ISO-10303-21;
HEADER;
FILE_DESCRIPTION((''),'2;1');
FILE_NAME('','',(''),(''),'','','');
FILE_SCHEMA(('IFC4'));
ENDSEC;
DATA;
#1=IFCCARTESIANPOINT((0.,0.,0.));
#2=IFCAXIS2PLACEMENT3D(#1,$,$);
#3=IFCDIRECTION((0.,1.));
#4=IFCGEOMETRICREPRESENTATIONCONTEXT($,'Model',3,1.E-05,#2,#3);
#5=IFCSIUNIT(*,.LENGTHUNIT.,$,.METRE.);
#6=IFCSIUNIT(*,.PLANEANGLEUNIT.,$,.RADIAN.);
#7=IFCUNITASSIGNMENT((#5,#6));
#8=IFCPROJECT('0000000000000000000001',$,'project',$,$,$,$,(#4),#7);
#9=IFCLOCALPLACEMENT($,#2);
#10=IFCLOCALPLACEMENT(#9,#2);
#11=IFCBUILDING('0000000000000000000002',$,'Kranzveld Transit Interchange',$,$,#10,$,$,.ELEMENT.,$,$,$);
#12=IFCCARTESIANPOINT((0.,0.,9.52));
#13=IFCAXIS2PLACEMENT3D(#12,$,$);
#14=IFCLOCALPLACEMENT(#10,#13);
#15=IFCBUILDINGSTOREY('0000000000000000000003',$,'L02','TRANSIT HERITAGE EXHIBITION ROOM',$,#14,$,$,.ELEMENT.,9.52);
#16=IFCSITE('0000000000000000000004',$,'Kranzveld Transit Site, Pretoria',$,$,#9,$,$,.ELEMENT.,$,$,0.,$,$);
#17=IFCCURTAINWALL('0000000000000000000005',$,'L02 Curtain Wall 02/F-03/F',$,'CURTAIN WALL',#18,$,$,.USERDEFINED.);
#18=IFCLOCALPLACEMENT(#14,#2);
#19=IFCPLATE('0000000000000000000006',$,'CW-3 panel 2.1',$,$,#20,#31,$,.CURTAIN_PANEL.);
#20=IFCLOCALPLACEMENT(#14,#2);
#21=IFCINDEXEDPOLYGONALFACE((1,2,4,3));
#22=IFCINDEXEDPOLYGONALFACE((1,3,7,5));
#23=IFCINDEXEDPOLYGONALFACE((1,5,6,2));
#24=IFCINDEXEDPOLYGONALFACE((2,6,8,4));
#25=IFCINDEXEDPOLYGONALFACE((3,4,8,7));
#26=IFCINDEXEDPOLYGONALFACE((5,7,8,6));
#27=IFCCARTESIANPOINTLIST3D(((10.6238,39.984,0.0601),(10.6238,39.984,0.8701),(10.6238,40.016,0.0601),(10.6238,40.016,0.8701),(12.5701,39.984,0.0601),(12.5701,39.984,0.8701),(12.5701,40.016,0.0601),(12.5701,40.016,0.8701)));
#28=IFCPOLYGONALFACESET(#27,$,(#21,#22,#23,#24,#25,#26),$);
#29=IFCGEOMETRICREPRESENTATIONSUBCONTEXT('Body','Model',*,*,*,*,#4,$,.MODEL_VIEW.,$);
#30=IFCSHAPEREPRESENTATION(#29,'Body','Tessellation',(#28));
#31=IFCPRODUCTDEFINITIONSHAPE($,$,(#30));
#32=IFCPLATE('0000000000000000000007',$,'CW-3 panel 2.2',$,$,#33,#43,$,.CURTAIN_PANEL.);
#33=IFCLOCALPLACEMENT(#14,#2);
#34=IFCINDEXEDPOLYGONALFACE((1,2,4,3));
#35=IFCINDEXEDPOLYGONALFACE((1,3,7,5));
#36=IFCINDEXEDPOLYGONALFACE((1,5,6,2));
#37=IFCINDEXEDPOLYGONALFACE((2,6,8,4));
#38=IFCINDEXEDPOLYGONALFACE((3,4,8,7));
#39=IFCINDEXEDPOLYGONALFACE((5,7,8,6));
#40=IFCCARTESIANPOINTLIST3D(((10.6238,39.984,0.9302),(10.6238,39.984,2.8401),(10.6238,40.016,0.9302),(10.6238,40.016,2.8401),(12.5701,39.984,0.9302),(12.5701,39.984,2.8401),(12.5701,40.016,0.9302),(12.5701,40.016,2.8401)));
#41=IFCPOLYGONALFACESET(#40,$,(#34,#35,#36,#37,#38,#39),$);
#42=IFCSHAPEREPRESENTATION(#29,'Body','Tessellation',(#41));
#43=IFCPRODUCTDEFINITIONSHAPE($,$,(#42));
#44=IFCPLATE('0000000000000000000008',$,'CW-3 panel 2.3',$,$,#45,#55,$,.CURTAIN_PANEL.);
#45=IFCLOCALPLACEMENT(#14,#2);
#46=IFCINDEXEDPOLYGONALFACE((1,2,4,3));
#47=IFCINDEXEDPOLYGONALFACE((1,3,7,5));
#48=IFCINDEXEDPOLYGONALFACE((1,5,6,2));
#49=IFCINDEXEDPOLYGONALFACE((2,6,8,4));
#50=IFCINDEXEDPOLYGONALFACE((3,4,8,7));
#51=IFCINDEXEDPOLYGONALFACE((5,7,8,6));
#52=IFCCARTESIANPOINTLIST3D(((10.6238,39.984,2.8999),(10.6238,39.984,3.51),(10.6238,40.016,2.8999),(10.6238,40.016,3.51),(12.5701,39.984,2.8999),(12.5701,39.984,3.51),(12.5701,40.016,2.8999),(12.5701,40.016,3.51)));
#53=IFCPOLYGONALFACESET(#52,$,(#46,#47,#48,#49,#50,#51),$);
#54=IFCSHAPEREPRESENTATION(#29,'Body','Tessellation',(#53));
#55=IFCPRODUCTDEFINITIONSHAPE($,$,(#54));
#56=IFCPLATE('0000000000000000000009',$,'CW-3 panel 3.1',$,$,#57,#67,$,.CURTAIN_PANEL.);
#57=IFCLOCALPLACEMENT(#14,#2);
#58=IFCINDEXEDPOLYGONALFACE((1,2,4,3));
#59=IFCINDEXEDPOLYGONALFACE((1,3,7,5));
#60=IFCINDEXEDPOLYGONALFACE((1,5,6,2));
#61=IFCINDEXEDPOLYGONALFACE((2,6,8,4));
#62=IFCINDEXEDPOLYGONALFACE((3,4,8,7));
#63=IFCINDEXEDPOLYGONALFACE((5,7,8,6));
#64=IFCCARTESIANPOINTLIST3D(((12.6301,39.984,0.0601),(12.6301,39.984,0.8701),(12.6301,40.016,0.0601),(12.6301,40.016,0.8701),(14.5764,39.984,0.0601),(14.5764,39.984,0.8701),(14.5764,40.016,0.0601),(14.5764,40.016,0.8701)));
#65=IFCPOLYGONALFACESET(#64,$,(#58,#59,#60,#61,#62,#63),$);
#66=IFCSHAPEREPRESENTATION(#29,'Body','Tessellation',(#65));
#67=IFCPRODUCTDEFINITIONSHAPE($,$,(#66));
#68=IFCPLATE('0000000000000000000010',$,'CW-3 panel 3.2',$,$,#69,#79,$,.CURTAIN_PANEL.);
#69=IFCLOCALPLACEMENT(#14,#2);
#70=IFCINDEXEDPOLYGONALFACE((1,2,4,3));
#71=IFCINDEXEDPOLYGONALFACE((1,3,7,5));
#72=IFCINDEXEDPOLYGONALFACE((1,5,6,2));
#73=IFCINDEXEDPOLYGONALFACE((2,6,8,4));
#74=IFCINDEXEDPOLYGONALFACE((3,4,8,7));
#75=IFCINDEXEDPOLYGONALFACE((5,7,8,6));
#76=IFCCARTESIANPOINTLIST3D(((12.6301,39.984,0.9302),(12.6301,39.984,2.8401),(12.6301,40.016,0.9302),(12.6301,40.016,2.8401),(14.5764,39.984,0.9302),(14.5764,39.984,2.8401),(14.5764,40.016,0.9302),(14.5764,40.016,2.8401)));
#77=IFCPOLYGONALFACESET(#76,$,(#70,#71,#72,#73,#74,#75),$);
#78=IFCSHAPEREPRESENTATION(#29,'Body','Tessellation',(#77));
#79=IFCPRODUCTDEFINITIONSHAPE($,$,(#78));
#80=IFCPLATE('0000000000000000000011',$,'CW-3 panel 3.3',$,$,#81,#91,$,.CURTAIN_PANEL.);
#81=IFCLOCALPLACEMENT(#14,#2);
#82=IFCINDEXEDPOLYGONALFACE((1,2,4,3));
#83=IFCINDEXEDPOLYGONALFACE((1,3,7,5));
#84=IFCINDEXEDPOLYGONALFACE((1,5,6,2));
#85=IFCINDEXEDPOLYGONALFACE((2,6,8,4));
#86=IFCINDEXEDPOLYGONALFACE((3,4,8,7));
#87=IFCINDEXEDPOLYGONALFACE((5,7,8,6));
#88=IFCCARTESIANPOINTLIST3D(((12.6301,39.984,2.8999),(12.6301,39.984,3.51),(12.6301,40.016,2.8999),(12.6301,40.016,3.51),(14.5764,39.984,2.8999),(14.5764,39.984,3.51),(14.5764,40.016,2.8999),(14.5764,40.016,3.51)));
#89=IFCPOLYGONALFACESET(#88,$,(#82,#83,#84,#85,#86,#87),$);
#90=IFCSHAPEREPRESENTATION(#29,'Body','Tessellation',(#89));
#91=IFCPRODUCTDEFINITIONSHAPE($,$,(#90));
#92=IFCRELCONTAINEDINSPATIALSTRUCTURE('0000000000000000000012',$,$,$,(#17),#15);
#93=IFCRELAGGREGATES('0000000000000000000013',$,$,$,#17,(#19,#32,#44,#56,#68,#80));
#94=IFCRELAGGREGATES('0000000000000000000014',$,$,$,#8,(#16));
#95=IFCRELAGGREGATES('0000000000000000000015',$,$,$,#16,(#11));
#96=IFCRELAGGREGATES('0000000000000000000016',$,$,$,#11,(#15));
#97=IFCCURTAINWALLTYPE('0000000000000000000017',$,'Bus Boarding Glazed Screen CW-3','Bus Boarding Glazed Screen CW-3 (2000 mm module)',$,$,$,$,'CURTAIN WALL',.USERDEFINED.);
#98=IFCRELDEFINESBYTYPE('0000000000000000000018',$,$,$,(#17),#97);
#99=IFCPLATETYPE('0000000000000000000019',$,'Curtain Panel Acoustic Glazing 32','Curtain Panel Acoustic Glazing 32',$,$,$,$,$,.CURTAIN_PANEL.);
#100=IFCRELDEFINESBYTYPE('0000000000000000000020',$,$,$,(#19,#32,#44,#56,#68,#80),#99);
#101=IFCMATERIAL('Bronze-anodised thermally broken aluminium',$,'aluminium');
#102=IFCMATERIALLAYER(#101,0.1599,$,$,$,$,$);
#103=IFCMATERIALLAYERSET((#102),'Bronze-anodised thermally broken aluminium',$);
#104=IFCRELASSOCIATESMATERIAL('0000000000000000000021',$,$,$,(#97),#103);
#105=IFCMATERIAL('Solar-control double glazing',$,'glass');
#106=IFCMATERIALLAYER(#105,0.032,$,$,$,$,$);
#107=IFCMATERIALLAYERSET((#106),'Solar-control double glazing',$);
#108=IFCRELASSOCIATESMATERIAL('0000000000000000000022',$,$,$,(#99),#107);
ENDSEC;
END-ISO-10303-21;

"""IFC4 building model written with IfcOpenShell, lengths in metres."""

from ifc_helpers import new_model, si_unit, direction, frame, origin, origin_2d, place, context, subcontext, project, spatial, rectangle, extrude, material, layer, layer_set, type_object, element, aggregate, save


model = new_model("IFC4")

# Units and contexts
model_context = context("Model", 3, precision=1e-05, world=origin(), true_north=direction((0.0, 1.0)))
body_context = subcontext(model_context, "Body", "Model", "MODEL_VIEW")
ifc_project = project(units=[si_unit("LENGTHUNIT", "METRE"), si_unit("PLANEANGLEUNIT", "RADIAN")], contexts=[model_context])

# Site, building, storey
site_placement = place(None, origin())
site = spatial("IfcSite", under=ifc_project, at=site_placement, Name="Kranzveld Transit Site, Pretoria", CompositionType="ELEMENT", RefElevation=0.0)
building_placement = place(site_placement, origin())
building = spatial("IfcBuilding", under=site, at=building_placement, Name="Kranzveld Transit Interchange", CompositionType="ELEMENT")
storey_placement = place(building_placement, frame((0.0, 0.0, 9.52)))
storey = spatial("IfcBuildingStorey", under=building, at=storey_placement, Name="L02", Description="TRANSIT HERITAGE EXHIBITION ROOM", CompositionType="ELEMENT", Elevation=9.52)

# Curtain wall
ifc_material_1 = material(Name="Bronze-anodised thermally broken aluminium", Category="aluminium")
ifc_layer_1 = layer(ifc_material_1, 0.1599)
ifc_layer_set_1 = layer_set([ifc_layer_1], Name="Bronze-anodised thermally broken aluminium")
curtain_wall_type = type_object("IfcCurtainWallType", Name="Bus Boarding Glazed Screen CW-3", Description="Bus Boarding Glazed Screen CW-3 (2000 mm module)", ElementType="CURTAIN WALL", PredefinedType="USERDEFINED", material=ifc_layer_set_1)
curtain_wall_placement = place(storey_placement, origin())
curtain_wall = element("IfcCurtainWall", 1, at=curtain_wall_placement, inside=storey, type_object=curtain_wall_type, Name="L02 Curtain Wall 02/F-03/F", ObjectType="CURTAIN WALL", PredefinedType="USERDEFINED")

# Plates
ifc_material_2 = material(Name="Solar-control double glazing", Category="glass")
ifc_layer_2 = layer(ifc_material_2, 0.032)
ifc_layer_set_2 = layer_set([ifc_layer_2], Name="Solar-control double glazing")
plate_type = type_object("IfcPlateType", Name="Curtain Panel Acoustic Glazing 32", Description="Curtain Panel Acoustic Glazing 32", PredefinedType="CURTAIN_PANEL", material=ifc_layer_set_2)
plate_1_placement = place(storey_placement, frame((11.5969, 40.0, 0.0601), z_axis=(0.0, 0.0, 1.0), x_axis=(1.0, 0.0, 0.0)))
plate_1 = element("IfcPlate", 2, at=plate_1_placement, type_object=plate_type, Name="CW-3 panel 2.1", PredefinedType="CURTAIN_PANEL", context=body_context, shape_type="SweptSolid", body=[
    extrude(rectangle(XDim=1.9463, YDim=0.032, at=origin_2d()), origin(), (0.0, 0.0, 1.0), 0.8101),
])
plate_2_placement = place(storey_placement, frame((11.5969, 40.0, 0.9302), z_axis=(0.0, 0.0, 1.0), x_axis=(1.0, 0.0, 0.0)))
plate_2 = element("IfcPlate", 3, at=plate_2_placement, type_object=plate_type, Name="CW-3 panel 2.2", PredefinedType="CURTAIN_PANEL", context=body_context, shape_type="SweptSolid", body=[
    extrude(rectangle(XDim=1.9463, YDim=0.032, at=origin_2d()), origin(), (0.0, 0.0, 1.0), 1.9099),
])
plate_3_placement = place(storey_placement, frame((11.5969, 40.0, 2.8999), z_axis=(0.0, 0.0, 1.0), x_axis=(1.0, 0.0, 0.0)))
plate_3 = element("IfcPlate", 4, at=plate_3_placement, type_object=plate_type, Name="CW-3 panel 2.3", PredefinedType="CURTAIN_PANEL", context=body_context, shape_type="SweptSolid", body=[
    extrude(rectangle(XDim=1.9463, YDim=0.032, at=origin_2d()), origin(), (0.0, 0.0, 1.0), 0.6101),
])
plate_4_placement = place(storey_placement, frame((13.6033, 40.0, 0.0601), z_axis=(0.0, 0.0, 1.0), x_axis=(1.0, 0.0, 0.0)))
plate_4 = element("IfcPlate", 5, at=plate_4_placement, type_object=plate_type, Name="CW-3 panel 3.1", PredefinedType="CURTAIN_PANEL", context=body_context, shape_type="SweptSolid", body=[
    extrude(rectangle(XDim=1.9463, YDim=0.032, at=origin_2d()), origin(), (0.0, 0.0, 1.0), 0.8101),
])
plate_5_placement = place(storey_placement, frame((13.6033, 40.0, 0.9302), z_axis=(0.0, 0.0, 1.0), x_axis=(1.0, 0.0, 0.0)))
plate_5 = element("IfcPlate", 6, at=plate_5_placement, type_object=plate_type, Name="CW-3 panel 3.2", PredefinedType="CURTAIN_PANEL", context=body_context, shape_type="SweptSolid", body=[
    extrude(rectangle(XDim=1.9463, YDim=0.032, at=origin_2d()), origin(), (0.0, 0.0, 1.0), 1.9099),
])
plate_6_placement = place(storey_placement, frame((13.6033, 40.0, 2.8999), z_axis=(0.0, 0.0, 1.0), x_axis=(1.0, 0.0, 0.0)))
plate_6 = element("IfcPlate", 7, at=plate_6_placement, type_object=plate_type, Name="CW-3 panel 3.3", PredefinedType="CURTAIN_PANEL", context=body_context, shape_type="SweptSolid", body=[
    extrude(rectangle(XDim=1.9463, YDim=0.032, at=origin_2d()), origin(), (0.0, 0.0, 1.0), 0.6101),
])
aggregate(curtain_wall, [plate_1, plate_2, plate_3, plate_4, plate_5, plate_6])

save(model, "model.ifc")
